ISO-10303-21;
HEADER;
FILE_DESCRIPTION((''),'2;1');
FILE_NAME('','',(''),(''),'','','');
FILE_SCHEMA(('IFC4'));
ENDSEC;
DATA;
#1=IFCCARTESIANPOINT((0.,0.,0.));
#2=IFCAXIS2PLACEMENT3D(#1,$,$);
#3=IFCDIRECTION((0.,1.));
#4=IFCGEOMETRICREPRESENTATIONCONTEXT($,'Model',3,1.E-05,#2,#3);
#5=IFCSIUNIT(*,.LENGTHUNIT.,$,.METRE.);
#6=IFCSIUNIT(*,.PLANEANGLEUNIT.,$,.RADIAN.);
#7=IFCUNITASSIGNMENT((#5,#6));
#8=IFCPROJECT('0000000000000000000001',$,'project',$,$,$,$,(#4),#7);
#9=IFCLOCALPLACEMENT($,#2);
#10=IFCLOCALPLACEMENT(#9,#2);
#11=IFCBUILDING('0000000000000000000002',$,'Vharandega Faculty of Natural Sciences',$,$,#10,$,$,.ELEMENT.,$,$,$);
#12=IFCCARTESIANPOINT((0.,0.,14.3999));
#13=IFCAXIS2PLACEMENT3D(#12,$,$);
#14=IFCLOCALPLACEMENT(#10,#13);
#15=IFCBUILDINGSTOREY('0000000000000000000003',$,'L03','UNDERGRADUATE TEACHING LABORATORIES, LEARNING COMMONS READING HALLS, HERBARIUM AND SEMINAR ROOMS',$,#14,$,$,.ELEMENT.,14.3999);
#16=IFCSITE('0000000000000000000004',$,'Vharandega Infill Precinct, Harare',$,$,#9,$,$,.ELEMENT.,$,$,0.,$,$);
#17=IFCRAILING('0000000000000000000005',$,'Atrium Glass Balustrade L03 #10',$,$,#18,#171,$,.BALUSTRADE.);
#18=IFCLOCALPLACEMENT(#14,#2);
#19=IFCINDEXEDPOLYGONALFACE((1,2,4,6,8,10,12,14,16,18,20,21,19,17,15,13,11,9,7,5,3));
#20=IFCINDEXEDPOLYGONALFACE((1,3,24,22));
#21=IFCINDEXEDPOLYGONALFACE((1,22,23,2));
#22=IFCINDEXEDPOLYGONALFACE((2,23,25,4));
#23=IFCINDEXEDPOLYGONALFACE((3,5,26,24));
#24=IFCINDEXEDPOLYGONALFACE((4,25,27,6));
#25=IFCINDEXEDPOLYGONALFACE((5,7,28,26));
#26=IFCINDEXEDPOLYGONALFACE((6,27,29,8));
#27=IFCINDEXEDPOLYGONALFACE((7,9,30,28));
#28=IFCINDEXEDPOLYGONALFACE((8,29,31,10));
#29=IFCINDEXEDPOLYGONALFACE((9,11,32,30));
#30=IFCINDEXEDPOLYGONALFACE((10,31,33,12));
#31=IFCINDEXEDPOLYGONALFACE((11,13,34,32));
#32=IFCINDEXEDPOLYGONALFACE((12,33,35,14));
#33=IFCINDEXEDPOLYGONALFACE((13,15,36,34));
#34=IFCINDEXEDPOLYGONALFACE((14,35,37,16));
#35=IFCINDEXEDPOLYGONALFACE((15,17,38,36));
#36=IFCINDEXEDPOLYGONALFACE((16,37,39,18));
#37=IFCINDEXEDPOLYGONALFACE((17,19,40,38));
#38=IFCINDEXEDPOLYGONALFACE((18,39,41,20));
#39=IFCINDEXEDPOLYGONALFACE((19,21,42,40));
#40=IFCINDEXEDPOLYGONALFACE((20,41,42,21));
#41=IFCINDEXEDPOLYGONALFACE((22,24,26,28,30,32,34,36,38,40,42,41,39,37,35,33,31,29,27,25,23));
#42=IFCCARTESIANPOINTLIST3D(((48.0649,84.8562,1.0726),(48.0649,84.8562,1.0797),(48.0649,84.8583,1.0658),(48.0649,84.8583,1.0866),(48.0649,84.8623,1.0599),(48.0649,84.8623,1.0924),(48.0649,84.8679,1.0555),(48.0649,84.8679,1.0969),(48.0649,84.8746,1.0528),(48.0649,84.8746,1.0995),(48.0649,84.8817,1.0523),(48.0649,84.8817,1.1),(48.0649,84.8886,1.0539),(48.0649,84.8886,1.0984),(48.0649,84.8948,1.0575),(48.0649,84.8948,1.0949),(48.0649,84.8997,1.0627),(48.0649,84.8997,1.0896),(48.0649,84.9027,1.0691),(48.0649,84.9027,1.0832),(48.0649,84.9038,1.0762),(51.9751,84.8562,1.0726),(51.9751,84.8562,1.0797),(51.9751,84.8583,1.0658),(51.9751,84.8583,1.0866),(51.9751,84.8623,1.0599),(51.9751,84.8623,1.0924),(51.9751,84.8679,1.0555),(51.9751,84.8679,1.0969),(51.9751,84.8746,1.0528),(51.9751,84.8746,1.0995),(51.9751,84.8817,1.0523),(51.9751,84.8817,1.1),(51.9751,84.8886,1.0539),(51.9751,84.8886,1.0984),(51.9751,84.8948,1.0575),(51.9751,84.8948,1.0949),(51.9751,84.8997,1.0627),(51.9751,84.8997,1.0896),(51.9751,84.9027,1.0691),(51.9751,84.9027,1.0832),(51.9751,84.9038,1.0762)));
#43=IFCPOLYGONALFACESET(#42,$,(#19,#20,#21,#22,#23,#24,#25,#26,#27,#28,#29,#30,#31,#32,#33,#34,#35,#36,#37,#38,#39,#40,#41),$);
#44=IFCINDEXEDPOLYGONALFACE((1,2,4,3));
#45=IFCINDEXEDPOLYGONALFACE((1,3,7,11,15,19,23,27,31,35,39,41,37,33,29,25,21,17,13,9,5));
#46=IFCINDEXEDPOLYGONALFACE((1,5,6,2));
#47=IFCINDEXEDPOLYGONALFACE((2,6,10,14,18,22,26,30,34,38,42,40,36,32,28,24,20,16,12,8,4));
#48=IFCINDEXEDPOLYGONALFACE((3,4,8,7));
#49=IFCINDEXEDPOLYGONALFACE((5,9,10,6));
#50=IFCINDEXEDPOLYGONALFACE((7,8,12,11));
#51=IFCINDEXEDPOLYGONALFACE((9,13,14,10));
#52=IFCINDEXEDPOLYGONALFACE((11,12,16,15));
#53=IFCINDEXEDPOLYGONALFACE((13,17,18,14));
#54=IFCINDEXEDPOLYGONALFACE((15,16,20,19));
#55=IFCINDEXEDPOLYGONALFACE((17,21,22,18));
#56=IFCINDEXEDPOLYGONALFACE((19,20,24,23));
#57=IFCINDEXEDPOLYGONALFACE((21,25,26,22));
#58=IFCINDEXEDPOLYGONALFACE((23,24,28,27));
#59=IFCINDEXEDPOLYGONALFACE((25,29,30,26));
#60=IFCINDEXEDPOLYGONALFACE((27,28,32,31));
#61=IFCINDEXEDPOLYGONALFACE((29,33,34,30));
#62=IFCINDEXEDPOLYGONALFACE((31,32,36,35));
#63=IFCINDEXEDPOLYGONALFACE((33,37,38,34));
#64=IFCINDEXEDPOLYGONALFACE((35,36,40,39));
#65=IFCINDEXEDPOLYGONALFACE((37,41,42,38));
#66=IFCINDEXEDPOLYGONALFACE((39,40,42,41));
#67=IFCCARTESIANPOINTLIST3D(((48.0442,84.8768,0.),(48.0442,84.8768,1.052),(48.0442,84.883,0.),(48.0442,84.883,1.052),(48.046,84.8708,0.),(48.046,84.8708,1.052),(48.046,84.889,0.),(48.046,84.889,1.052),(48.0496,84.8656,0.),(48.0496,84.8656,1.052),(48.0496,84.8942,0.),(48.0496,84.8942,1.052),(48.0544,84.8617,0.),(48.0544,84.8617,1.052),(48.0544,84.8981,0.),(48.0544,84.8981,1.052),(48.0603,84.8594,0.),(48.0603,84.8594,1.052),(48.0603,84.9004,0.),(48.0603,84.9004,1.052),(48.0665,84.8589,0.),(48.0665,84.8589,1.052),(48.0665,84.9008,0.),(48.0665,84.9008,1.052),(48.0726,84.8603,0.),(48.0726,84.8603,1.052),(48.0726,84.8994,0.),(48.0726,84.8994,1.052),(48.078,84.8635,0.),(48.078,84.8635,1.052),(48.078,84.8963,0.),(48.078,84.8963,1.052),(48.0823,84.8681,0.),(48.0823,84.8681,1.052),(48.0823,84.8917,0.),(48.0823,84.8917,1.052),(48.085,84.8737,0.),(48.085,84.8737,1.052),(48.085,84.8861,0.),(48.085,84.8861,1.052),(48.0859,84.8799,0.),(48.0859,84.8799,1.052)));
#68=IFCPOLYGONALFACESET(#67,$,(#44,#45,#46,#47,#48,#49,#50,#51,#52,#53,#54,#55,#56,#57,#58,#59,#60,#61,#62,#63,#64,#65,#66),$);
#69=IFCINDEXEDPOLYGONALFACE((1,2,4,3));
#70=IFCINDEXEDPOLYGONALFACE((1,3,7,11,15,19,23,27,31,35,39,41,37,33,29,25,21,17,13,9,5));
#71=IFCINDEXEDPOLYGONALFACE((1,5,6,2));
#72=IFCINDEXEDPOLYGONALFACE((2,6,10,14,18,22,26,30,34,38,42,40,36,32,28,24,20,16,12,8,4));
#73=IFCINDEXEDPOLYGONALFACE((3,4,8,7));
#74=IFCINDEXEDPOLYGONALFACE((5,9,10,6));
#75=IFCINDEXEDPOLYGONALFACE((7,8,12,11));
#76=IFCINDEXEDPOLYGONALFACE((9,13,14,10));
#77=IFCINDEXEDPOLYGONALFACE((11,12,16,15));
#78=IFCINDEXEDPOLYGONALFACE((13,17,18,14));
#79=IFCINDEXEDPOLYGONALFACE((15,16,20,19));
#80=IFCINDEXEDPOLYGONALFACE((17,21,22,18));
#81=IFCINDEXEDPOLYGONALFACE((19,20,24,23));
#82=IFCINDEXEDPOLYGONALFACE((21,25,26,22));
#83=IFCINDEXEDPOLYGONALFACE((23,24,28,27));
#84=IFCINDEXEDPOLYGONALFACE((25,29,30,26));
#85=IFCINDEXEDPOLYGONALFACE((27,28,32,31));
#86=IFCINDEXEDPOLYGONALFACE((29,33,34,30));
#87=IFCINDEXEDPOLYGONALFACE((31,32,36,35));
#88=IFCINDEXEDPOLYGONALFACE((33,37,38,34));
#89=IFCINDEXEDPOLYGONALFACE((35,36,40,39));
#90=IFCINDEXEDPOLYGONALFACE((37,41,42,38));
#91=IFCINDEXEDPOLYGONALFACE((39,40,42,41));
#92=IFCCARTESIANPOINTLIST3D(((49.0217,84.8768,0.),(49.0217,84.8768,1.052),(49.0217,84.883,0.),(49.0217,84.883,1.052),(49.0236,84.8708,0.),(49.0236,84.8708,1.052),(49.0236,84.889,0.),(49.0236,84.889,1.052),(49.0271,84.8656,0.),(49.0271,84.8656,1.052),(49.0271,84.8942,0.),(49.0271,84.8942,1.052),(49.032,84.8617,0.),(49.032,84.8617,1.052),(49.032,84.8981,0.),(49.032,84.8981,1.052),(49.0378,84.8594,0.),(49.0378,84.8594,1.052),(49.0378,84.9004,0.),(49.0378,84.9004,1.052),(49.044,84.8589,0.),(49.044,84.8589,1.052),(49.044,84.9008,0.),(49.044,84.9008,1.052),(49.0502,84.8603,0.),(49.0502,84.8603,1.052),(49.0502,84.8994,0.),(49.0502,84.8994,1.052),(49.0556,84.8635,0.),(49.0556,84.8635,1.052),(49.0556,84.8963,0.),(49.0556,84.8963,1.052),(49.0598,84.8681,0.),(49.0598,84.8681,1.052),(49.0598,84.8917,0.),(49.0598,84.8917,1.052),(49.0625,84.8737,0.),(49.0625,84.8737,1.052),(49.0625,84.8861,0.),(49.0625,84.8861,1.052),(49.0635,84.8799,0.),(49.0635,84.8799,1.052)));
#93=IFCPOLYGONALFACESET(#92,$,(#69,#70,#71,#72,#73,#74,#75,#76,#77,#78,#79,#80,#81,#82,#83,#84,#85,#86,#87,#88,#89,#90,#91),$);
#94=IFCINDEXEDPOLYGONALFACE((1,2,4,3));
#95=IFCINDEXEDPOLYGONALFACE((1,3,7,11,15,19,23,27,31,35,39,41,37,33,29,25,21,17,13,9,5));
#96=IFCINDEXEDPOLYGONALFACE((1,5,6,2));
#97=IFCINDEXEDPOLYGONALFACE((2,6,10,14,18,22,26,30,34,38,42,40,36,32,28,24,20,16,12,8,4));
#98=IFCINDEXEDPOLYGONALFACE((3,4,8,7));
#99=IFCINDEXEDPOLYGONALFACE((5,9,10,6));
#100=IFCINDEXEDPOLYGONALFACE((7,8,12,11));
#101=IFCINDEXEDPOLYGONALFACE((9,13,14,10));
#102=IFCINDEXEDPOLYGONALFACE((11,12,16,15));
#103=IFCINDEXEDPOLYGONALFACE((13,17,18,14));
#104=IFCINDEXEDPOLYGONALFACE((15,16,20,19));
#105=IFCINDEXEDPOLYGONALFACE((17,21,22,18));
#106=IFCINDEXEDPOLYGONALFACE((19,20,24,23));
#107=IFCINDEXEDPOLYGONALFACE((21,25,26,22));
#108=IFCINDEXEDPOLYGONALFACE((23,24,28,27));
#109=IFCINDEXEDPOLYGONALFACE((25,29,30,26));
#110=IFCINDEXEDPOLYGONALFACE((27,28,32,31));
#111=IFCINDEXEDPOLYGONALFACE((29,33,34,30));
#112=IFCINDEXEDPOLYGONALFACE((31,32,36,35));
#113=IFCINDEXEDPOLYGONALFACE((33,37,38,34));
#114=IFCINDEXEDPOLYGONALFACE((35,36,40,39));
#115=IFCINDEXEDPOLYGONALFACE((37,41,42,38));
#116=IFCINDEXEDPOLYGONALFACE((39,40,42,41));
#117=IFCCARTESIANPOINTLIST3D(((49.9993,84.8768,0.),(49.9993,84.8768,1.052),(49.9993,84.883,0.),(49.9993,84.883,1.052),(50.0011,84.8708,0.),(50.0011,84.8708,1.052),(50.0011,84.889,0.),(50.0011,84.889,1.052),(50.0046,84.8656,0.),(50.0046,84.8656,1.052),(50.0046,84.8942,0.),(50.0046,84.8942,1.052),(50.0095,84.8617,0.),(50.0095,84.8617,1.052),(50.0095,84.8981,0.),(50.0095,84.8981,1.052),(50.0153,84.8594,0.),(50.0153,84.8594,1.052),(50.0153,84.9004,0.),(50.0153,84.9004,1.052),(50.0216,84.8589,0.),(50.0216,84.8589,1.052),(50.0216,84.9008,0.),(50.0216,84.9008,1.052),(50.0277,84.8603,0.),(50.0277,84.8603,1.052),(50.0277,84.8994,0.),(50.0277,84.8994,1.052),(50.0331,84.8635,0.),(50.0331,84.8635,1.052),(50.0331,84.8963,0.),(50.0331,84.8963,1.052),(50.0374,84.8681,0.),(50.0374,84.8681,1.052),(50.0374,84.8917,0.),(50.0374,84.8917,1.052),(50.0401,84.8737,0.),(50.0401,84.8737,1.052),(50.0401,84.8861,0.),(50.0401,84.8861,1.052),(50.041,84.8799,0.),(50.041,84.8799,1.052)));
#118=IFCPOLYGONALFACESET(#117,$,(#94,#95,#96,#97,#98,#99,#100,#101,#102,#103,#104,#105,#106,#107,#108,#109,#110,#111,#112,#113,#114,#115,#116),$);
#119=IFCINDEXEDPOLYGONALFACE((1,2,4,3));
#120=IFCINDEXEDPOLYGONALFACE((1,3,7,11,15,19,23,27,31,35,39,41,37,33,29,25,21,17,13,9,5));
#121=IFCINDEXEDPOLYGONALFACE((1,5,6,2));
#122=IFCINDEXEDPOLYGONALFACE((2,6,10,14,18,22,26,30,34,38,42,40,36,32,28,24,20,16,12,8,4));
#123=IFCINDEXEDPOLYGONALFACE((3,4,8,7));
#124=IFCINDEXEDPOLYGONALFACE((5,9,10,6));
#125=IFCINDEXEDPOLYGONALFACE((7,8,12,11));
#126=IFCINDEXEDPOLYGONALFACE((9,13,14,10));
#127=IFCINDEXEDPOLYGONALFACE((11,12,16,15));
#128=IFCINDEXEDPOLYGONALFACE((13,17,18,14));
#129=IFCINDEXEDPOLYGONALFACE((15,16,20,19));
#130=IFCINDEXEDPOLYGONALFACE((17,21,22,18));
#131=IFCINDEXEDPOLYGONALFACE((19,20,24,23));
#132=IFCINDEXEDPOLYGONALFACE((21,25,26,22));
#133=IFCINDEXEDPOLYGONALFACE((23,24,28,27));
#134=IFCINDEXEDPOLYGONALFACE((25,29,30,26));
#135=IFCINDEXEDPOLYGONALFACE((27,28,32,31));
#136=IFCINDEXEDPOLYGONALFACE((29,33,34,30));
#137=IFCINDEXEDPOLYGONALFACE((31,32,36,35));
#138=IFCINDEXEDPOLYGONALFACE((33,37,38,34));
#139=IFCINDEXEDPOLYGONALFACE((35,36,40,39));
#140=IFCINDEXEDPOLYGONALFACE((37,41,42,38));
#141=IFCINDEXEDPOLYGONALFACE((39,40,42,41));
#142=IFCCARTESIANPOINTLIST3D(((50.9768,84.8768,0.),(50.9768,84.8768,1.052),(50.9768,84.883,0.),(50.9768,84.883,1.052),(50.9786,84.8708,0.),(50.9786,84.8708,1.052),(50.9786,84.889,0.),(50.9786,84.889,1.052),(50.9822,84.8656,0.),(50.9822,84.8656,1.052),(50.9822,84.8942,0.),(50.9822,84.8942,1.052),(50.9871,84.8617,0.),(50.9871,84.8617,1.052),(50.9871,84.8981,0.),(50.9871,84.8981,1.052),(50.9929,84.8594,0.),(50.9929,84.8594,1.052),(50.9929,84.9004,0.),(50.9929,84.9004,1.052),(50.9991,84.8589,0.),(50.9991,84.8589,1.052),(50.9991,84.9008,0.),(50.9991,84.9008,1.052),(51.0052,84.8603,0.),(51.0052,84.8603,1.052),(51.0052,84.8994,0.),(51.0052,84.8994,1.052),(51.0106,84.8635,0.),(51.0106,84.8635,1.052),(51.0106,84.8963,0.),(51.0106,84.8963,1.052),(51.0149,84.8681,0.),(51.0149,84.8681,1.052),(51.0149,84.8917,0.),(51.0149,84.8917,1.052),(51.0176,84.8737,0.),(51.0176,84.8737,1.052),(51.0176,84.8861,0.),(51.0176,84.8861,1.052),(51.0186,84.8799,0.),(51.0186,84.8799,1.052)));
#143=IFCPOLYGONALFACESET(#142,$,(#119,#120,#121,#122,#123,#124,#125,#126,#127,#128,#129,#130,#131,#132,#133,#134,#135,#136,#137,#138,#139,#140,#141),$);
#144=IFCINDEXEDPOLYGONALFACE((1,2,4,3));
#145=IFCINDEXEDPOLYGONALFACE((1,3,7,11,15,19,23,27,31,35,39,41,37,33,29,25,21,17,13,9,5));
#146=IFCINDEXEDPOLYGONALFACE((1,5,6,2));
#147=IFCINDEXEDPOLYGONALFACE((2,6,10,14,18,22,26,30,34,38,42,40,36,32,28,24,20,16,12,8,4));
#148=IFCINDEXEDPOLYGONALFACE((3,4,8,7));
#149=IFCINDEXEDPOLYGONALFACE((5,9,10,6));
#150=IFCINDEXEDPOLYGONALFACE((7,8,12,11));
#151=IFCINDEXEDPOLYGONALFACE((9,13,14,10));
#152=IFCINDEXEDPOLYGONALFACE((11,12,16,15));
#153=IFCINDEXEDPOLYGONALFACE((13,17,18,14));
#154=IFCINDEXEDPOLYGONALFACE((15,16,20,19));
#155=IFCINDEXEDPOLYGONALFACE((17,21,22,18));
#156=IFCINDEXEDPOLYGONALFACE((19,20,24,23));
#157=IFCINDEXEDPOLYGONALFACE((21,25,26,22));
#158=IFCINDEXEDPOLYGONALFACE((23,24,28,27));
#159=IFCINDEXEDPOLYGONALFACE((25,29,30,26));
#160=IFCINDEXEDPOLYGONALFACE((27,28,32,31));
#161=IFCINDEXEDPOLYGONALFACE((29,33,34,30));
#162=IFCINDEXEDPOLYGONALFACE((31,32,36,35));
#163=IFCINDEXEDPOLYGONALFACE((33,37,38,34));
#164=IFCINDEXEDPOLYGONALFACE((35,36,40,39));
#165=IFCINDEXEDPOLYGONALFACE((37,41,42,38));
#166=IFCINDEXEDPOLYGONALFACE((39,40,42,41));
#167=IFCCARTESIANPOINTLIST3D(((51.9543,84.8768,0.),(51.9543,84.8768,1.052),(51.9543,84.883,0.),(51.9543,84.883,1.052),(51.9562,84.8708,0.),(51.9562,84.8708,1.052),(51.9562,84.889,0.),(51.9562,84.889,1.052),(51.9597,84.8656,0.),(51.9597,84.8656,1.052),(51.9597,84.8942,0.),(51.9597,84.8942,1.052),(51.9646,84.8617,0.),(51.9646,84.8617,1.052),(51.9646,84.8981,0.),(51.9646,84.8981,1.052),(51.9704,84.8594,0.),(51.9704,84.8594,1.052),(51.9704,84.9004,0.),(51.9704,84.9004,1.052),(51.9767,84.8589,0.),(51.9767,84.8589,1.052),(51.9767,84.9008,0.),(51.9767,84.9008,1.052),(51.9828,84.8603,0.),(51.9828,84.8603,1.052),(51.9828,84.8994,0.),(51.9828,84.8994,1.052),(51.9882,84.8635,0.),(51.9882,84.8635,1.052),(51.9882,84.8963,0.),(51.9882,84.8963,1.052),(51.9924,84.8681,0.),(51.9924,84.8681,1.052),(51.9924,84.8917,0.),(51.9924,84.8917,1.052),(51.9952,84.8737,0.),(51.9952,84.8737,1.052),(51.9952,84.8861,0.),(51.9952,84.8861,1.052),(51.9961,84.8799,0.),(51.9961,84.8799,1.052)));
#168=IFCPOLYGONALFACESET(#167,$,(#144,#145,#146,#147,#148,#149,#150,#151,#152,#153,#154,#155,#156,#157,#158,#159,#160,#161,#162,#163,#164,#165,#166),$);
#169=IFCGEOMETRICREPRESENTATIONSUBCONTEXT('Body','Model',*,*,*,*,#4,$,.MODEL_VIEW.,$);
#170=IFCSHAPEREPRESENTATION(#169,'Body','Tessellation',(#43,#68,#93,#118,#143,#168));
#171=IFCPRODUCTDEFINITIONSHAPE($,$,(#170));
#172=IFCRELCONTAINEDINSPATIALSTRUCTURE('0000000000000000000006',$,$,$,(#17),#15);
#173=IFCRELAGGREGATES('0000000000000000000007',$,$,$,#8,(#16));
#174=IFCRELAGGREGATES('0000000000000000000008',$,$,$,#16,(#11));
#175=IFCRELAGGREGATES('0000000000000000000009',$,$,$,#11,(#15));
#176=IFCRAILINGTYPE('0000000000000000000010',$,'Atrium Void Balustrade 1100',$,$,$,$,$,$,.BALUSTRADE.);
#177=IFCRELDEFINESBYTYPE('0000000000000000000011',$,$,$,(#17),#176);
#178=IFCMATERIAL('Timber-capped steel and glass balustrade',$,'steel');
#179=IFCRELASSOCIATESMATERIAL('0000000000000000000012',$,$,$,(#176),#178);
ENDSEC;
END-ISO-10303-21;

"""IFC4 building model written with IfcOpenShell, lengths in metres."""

from ifc_helpers import new_model, si_unit, direction, frame, origin, origin_2d, place, context, subcontext, project, spatial, circle, extrude, material, type_object, element, save


model = new_model("IFC4")

# Units and contexts
model_context = context("Model", 3, precision=1e-05, world=origin(), true_north=direction((0.0, 1.0)))
body_context = subcontext(model_context, "Body", "Model", "MODEL_VIEW")
ifc_project = project(units=[si_unit("LENGTHUNIT", "METRE"), si_unit("PLANEANGLEUNIT", "RADIAN")], contexts=[model_context])

# Site, building, storey
site_placement = place(None, origin())
site = spatial("IfcSite", under=ifc_project, at=site_placement, Name="Vharandega Infill Precinct, Harare", CompositionType="ELEMENT", RefElevation=0.0)
building_placement = place(site_placement, origin())
building = spatial("IfcBuilding", under=site, at=building_placement, Name="Vharandega Faculty of Natural Sciences", CompositionType="ELEMENT")
storey_placement = place(building_placement, frame((0.0, 0.0, 14.3999)))
storey = spatial("IfcBuildingStorey", under=building, at=storey_placement, Name="L03", Description="UNDERGRADUATE TEACHING LABORATORIES, LEARNING COMMONS READING HALLS, HERBARIUM AND SEMINAR ROOMS", CompositionType="ELEMENT", Elevation=14.3999)

# Railing
ifc_material_1 = material(Name="Timber-capped steel and glass balustrade", Category="steel")
railing_type = type_object("IfcRailingType", Name="Atrium Void Balustrade 1100", PredefinedType="BALUSTRADE", material=ifc_material_1)
for number, where, name in (
    (1, (48.0649, 84.8799, 0.0), "Atrium Glass Balustrade L03 #10"),
):
    element("IfcRailing", number, at=place(storey_placement, frame(where)), inside=storey, type_object=railing_type, Name=name, PredefinedType="BALUSTRADE", context=body_context, shape_type="SweptSolid", body=[
        extrude(circle(Radius=0.0239, at=origin_2d()), frame((0.0, 0.0, 1.0762), z_axis=(1.0, 0.0, 0.0), x_axis=(0.0, 1.0, 0.0)), (0.0, 0.0, 1.0), 3.9102),
        extrude(circle(Radius=0.021, at=origin_2d()), origin(), (0.0, 0.0, 1.0), 1.052),
        extrude(circle(Radius=0.021, at=origin_2d()), frame((0.9775, 0.0, 0.0)), (0.0, 0.0, 1.0), 1.052),
        extrude(circle(Radius=0.021, at=origin_2d()), frame((1.9551, 0.0, 0.0)), (0.0, 0.0, 1.0), 1.052),
        extrude(circle(Radius=0.021, at=origin_2d()), frame((2.9326, 0.0, 0.0)), (0.0, 0.0, 1.0), 1.052),
        extrude(circle(Radius=0.021, at=origin_2d()), frame((3.9102, 0.0, 0.0)), (0.0, 0.0, 1.0), 1.052),
    ])

save(model, "model.ifc")
